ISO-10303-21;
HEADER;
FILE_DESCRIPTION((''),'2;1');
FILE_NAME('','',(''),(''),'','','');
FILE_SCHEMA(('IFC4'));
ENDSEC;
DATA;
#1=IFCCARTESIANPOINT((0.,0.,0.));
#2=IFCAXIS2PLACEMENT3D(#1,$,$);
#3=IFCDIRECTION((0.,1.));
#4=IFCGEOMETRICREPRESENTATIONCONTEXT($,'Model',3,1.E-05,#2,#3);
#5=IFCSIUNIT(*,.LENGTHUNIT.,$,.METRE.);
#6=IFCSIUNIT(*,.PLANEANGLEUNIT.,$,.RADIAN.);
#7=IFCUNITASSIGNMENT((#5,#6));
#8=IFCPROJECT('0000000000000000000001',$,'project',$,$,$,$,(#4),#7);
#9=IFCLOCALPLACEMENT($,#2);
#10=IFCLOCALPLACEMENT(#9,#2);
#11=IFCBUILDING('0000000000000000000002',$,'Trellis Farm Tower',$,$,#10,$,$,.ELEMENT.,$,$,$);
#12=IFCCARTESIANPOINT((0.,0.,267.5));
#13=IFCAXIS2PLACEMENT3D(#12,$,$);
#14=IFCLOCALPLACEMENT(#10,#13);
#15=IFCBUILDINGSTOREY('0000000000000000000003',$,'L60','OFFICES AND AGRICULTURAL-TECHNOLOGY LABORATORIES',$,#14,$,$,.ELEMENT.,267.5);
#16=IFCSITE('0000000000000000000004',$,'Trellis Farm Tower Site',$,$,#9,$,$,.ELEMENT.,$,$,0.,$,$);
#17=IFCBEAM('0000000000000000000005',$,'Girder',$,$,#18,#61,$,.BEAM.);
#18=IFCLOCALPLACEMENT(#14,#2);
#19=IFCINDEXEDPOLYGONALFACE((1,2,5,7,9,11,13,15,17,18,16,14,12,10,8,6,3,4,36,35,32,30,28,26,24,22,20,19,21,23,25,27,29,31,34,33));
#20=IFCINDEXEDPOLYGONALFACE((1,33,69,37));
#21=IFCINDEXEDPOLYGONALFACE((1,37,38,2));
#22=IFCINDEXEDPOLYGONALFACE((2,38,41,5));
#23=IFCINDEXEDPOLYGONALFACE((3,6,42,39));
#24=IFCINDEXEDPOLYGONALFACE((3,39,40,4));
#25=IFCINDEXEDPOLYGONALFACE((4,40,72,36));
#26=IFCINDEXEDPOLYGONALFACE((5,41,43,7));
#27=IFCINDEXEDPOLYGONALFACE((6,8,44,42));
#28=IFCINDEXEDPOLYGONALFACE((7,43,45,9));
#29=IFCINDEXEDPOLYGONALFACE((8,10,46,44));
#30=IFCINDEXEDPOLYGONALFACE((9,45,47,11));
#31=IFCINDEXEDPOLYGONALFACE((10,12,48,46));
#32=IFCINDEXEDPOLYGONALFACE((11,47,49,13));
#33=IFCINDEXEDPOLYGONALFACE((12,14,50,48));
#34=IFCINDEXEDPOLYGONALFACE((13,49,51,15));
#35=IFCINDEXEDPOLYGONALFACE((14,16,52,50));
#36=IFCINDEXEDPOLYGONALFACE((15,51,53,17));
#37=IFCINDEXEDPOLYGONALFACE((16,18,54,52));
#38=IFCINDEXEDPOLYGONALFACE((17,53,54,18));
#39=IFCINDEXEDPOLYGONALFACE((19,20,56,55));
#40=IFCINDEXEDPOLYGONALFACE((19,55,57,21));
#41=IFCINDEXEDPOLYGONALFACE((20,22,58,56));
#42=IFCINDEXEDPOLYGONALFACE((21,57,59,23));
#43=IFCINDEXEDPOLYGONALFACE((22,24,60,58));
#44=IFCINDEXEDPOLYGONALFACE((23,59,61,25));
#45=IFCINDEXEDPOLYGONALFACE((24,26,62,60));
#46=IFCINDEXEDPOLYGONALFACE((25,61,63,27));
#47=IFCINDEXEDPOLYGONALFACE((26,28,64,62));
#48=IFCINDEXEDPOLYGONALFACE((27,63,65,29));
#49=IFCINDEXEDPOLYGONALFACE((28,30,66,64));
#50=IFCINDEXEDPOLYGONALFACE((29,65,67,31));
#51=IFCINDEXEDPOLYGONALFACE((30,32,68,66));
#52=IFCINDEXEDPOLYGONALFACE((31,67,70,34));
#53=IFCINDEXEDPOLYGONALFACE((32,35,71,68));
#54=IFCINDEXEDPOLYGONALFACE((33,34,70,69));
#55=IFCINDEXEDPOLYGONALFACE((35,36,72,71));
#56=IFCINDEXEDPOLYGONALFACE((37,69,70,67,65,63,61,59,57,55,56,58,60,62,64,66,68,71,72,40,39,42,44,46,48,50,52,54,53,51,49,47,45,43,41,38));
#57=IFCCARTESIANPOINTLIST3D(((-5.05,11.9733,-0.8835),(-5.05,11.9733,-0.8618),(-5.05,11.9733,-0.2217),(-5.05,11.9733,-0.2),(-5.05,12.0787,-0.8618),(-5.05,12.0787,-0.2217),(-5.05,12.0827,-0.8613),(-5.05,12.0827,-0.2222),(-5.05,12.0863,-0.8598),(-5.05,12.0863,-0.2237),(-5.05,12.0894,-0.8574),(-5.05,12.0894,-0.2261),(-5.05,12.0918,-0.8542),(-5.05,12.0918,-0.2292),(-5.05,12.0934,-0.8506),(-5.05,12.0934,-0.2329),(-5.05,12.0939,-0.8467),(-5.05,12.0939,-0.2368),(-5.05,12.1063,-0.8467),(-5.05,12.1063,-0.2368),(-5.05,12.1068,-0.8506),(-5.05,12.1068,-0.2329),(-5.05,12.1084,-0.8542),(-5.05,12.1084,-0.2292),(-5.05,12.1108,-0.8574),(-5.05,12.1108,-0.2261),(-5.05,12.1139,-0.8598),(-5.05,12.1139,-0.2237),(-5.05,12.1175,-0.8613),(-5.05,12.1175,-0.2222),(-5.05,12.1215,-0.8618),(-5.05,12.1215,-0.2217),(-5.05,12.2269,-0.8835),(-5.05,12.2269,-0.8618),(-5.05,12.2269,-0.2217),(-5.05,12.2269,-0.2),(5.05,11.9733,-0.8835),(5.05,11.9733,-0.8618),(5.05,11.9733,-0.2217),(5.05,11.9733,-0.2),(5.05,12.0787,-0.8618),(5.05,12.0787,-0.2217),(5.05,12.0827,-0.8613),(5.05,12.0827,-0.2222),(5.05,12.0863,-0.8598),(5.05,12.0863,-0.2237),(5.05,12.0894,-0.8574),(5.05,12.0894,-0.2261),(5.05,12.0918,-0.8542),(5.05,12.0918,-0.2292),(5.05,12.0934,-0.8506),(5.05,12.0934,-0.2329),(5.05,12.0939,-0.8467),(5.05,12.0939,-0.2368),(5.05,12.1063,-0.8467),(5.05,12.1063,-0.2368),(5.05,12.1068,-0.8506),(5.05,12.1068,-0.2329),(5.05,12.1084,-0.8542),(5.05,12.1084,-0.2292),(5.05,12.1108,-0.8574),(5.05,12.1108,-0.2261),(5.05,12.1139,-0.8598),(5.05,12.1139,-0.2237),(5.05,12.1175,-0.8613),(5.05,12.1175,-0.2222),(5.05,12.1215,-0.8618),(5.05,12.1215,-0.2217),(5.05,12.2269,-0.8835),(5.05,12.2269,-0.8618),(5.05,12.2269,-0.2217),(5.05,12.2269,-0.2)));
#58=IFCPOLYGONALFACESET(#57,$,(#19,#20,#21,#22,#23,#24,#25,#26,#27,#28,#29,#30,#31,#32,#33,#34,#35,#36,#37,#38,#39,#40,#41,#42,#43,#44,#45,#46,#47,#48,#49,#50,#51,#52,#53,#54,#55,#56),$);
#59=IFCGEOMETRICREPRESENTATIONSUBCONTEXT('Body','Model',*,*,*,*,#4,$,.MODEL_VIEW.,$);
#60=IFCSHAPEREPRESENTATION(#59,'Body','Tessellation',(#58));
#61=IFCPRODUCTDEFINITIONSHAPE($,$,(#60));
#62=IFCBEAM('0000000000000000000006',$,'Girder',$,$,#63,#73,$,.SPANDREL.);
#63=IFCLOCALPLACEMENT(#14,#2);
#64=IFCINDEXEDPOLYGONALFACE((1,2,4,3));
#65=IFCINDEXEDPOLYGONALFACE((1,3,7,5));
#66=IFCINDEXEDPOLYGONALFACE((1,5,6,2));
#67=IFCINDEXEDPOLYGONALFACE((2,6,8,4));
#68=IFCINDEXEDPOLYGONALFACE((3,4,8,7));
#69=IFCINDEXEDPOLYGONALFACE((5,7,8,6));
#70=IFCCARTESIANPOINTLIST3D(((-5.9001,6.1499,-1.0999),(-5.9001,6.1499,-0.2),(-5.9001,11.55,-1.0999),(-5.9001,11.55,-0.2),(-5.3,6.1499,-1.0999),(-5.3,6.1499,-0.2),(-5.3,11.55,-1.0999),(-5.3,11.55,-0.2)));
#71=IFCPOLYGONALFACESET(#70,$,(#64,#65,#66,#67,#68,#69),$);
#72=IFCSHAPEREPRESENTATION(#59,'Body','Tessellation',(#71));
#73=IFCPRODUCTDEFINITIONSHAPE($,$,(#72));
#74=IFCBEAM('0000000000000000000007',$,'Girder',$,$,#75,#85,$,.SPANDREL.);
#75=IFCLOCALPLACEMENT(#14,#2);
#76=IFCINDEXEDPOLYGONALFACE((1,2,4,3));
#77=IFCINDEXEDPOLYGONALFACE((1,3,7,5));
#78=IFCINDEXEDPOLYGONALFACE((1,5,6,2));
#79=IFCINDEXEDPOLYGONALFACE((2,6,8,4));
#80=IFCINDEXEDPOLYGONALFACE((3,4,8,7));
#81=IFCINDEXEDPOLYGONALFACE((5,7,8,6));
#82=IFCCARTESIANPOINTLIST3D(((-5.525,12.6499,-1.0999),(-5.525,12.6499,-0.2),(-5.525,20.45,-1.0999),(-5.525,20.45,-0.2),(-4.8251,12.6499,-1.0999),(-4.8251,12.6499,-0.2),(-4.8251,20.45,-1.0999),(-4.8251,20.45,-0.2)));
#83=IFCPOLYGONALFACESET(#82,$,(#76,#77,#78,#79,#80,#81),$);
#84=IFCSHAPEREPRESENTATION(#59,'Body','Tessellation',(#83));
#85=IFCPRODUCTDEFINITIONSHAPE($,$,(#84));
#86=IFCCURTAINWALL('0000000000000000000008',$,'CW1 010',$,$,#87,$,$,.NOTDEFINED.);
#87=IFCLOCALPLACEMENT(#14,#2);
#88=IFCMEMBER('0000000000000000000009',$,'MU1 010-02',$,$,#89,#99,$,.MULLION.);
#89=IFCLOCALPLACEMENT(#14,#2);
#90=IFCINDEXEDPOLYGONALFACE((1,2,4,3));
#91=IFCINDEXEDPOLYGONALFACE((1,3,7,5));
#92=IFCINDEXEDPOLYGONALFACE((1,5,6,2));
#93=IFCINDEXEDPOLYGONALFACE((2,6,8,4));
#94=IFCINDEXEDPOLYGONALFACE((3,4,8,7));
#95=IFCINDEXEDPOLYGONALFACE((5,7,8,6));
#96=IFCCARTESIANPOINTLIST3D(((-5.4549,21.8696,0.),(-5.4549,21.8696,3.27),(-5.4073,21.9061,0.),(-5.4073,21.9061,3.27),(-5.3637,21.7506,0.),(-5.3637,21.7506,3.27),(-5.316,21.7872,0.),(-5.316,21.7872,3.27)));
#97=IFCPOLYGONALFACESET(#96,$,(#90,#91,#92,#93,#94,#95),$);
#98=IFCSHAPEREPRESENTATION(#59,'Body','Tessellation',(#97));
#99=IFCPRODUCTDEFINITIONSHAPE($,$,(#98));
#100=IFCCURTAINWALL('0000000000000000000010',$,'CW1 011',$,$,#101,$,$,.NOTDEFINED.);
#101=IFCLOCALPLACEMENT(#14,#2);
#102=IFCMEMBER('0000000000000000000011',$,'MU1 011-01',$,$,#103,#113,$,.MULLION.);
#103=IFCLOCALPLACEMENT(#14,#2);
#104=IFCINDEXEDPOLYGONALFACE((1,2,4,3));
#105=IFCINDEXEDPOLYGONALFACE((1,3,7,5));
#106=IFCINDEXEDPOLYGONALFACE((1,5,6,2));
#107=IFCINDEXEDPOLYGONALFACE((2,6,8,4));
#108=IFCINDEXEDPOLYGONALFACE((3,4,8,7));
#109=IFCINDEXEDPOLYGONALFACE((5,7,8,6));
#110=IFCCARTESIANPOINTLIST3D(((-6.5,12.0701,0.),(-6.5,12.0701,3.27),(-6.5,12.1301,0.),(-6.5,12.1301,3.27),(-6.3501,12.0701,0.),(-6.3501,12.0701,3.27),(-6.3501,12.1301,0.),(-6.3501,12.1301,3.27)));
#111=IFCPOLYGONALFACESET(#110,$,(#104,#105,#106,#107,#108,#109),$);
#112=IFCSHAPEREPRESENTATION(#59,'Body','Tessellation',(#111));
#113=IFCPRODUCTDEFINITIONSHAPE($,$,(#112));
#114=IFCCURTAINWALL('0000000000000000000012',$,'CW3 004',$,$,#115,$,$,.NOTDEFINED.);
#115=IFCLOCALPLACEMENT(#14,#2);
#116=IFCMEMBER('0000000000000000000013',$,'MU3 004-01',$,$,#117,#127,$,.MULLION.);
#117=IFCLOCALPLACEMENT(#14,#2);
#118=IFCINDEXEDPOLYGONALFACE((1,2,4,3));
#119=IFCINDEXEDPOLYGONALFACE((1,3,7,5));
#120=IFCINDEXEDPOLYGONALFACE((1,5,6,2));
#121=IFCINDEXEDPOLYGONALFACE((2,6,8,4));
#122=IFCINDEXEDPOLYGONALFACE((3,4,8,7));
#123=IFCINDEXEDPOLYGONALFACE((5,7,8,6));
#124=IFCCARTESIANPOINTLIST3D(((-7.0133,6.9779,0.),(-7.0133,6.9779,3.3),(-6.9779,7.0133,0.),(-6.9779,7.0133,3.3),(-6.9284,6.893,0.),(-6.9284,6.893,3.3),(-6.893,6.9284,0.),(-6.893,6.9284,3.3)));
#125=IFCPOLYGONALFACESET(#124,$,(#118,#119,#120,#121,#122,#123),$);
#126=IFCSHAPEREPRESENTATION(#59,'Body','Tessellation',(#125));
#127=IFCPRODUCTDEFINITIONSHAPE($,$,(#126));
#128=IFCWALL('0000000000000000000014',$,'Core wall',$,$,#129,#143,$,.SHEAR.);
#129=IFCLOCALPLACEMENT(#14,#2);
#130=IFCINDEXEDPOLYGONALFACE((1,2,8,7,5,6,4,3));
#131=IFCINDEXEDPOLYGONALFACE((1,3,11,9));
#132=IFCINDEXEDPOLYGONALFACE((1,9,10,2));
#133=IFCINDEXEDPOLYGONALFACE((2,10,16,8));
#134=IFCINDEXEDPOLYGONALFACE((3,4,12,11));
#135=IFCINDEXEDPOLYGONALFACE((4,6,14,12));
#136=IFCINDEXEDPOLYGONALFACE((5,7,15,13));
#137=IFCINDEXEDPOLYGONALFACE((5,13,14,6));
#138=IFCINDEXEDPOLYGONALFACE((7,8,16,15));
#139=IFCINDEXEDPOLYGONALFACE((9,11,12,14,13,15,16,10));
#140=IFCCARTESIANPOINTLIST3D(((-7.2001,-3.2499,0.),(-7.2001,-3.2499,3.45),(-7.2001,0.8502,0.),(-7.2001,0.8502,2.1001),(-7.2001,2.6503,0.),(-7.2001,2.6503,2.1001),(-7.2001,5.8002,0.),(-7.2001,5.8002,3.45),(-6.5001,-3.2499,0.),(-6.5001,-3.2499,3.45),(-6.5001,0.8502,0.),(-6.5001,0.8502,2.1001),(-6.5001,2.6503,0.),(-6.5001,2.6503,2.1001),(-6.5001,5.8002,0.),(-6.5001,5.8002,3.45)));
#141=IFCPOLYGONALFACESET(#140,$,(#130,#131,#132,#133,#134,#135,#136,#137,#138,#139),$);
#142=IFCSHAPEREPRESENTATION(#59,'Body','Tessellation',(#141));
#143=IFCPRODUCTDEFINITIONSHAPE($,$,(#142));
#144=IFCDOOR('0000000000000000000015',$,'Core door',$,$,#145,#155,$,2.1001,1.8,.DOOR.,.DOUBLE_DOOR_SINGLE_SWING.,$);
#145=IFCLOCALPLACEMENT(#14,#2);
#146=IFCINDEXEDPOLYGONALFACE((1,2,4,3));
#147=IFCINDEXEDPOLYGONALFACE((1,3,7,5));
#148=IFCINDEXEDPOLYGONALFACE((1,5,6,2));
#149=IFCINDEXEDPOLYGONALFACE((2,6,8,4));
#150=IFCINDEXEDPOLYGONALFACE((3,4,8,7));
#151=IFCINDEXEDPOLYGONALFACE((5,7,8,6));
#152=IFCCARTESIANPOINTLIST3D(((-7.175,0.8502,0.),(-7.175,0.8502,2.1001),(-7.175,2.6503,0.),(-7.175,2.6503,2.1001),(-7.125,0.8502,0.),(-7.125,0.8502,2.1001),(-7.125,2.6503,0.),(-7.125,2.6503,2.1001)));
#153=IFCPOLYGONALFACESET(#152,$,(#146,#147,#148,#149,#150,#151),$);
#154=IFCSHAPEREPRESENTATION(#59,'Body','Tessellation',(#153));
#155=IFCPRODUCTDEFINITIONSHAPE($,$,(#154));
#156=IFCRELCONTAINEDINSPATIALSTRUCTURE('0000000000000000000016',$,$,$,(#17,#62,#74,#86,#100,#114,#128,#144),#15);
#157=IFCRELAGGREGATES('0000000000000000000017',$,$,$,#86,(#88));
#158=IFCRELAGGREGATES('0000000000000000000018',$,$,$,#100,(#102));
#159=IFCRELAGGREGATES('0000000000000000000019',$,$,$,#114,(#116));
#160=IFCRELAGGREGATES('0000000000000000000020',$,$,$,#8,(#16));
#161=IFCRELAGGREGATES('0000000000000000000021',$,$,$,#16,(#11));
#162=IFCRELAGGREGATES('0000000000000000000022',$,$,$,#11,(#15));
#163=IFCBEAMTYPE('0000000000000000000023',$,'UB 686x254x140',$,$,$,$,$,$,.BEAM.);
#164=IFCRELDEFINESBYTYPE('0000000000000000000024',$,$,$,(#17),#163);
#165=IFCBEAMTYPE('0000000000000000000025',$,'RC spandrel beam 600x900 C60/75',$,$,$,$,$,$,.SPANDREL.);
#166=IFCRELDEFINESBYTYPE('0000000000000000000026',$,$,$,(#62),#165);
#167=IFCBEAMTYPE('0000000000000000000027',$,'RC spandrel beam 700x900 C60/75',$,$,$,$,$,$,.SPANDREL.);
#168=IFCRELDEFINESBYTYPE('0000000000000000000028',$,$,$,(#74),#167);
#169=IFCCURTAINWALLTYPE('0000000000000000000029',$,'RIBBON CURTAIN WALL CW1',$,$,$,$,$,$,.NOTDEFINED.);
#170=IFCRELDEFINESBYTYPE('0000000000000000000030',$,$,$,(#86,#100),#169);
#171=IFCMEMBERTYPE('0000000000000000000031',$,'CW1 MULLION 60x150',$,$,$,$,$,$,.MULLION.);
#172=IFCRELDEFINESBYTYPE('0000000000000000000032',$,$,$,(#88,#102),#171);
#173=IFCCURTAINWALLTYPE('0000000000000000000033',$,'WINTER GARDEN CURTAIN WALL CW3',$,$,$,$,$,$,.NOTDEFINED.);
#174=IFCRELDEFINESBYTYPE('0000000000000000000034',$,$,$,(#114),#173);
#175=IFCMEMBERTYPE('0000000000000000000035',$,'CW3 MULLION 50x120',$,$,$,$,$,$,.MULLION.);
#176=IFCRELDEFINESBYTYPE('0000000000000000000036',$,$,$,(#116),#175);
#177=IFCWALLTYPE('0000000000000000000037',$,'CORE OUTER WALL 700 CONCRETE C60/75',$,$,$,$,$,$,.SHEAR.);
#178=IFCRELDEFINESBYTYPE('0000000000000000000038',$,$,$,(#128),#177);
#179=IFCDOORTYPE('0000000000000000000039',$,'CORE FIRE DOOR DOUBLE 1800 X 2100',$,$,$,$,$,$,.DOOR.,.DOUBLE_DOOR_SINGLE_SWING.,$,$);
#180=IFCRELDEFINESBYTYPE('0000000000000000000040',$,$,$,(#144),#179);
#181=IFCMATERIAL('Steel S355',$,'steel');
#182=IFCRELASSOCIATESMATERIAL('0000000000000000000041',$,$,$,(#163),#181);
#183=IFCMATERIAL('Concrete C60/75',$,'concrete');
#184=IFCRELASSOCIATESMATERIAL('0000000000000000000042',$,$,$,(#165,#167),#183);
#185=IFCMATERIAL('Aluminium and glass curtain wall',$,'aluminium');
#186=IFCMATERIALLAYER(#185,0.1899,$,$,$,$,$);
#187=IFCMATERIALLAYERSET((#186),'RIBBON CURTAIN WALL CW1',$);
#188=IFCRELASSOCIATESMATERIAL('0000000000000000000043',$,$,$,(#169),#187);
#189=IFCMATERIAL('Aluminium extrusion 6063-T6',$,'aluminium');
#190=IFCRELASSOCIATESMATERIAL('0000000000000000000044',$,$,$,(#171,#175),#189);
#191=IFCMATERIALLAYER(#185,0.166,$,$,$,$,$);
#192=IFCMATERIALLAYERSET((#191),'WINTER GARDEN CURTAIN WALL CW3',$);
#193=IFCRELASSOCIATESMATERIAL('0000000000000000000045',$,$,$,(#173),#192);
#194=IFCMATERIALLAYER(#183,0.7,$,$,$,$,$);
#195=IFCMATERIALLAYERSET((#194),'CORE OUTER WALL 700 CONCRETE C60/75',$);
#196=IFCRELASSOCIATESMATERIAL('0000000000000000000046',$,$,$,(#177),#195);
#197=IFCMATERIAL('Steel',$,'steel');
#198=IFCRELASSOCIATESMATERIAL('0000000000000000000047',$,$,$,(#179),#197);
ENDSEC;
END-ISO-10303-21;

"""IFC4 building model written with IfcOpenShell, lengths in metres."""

from ifc_helpers import new_model, si_unit, direction, frame, frame_2d, origin, origin_2d, place, context, subcontext, project, spatial, rectangle, i_section, extrude, source, transform, mapped, material, layer, layer_set, material_profile, profile_set, type_object, element, fill, aggregate, save


model = new_model("IFC4")

# Units and contexts
model_context = context("Model", 3, precision=1e-05, world=origin(), true_north=direction((0.0, 1.0)))
body_context = subcontext(model_context, "Body", "Model", "MODEL_VIEW")
ifc_project = project(units=[si_unit("LENGTHUNIT", "METRE"), si_unit("PLANEANGLEUNIT", "RADIAN")], contexts=[model_context])

# Site, building, storey
site_placement = place(None, origin())
site = spatial("IfcSite", under=ifc_project, at=site_placement, Name="Trellis Farm Tower Site", CompositionType="ELEMENT", RefElevation=0.0)
building_placement = place(site_placement, origin())
building = spatial("IfcBuilding", under=site, at=building_placement, Name="Trellis Farm Tower", CompositionType="ELEMENT")
storey_placement = place(building_placement, frame((0.0, 0.0, 267.5)))
storey = spatial("IfcBuildingStorey", under=building, at=storey_placement, Name="L60", Description="OFFICES AND AGRICULTURAL-TECHNOLOGY LABORATORIES", CompositionType="ELEMENT", Elevation=267.5)

# Shared definitions
ifc_material_1 = material(Name="Concrete C60/75", Category="concrete")

# Beams
ifc_material_2 = material(Name="Steel S355", Category="steel")
ifc_material_profile_1 = material_profile(ifc_material_2, i_section(OverallWidth=0.2537, OverallDepth=0.6836, WebThickness=0.0125, FlangeThickness=0.0217, FilletRadius=0.0151, at=origin_2d()), Name="UB 686x254x140")
ifc_profile_set_1 = profile_set([ifc_material_profile_1], Name="Steel S355")
beam_type_1 = type_object("IfcBeamType", Name="UB 686x254x140", PredefinedType="BEAM", material=ifc_profile_set_1)
shared_shape_1 = source(origin(), body_context, "Body", "SweptSolid", [
    extrude(i_section(OverallWidth=0.2537, OverallDepth=0.6836, WebThickness=0.0125, FlangeThickness=0.0217, FilletRadius=0.0151, at=origin_2d()), origin(), (0.0, 0.0, 1.0), 10.1001),
])
for number, where, z_axis, x_axis, name in (
    (1, (-5.05, 12.1001, -0.5417), (1.0, 0.0, 0.0), (0.0, 1.0, 0.0), "Girder"),
):
    element("IfcBeam", number, at=place(storey_placement, frame(where, z_axis=z_axis, x_axis=x_axis)), inside=storey, type_object=beam_type_1, Name=name, PredefinedType="BEAM", context=body_context, shape_type="MappedRepresentation", body=[
        mapped(shared_shape_1, transform((0.0, 0.0, 0.0))),
    ])
ifc_material_profile_2 = material_profile(ifc_material_1, rectangle(XDim=0.6001, YDim=0.8999, at=origin_2d()), Name="RC spandrel beam 600x900 C60/75")
ifc_profile_set_2 = profile_set([ifc_material_profile_2], Name="Concrete C60/75")
beam_type_2 = type_object("IfcBeamType", Name="RC spandrel beam 600x900 C60/75", PredefinedType="SPANDREL", material=ifc_profile_set_2)
shared_shape_2 = source(origin(), body_context, "Body", "SweptSolid", [
    extrude(rectangle(XDim=0.6001, YDim=0.8999, at=origin_2d()), origin(), (0.0, 0.0, 1.0), 5.4001),
])
beam_1_placement = place(storey_placement, frame((-5.6001, 6.1499, -0.6499), z_axis=(0.0, 1.0, 0.0), x_axis=(-1.0, 0.0, 0.0)))
element("IfcBeam", 2, at=beam_1_placement, inside=storey, type_object=beam_type_2, Name="Girder", PredefinedType="SPANDREL", context=body_context, shape_type="MappedRepresentation", body=[
    mapped(shared_shape_2, transform((0.0, 0.0, 0.0))),
])
ifc_material_profile_3 = material_profile(ifc_material_1, rectangle(XDim=0.7, YDim=0.8999, at=origin_2d()), Name="RC spandrel beam 700x900 C60/75")
ifc_profile_set_3 = profile_set([ifc_material_profile_3], Name="Concrete C60/75")
beam_type_3 = type_object("IfcBeamType", Name="RC spandrel beam 700x900 C60/75", PredefinedType="SPANDREL", material=ifc_profile_set_3)
shared_shape_3 = source(origin(), body_context, "Body", "SweptSolid", [
    extrude(rectangle(XDim=0.7, YDim=0.8999, at=origin_2d()), origin(), (0.0, 0.0, 1.0), 7.8),
])
beam_2_placement = place(storey_placement, frame((-5.175, 12.6499, -0.6499), z_axis=(0.0, 1.0, 0.0), x_axis=(-1.0, 0.0, 0.0)))
element("IfcBeam", 3, at=beam_2_placement, inside=storey, type_object=beam_type_3, Name="Girder", PredefinedType="SPANDREL", context=body_context, shape_type="MappedRepresentation", body=[
    mapped(shared_shape_3, transform((0.0, 0.0, 0.0))),
])

# Curtain walls, members
ifc_material_3 = material(Name="Aluminium and glass curtain wall", Category="aluminium")
ifc_layer_1 = layer(ifc_material_3, 0.1899)
ifc_layer_set_1 = layer_set([ifc_layer_1], Name="RIBBON CURTAIN WALL CW1")
curtain_wall_type_1 = type_object("IfcCurtainWallType", Name="RIBBON CURTAIN WALL CW1", PredefinedType="NOTDEFINED", material=ifc_layer_set_1)
placement = place(storey_placement, origin())
curtain_wall_1 = element("IfcCurtainWall", 4, at=placement, inside=storey, type_object=curtain_wall_type_1, Name="CW1 010", PredefinedType="NOTDEFINED")
ifc_material_4 = material(Name="Aluminium extrusion 6063-T6", Category="aluminium")
ifc_material_profile_4 = material_profile(ifc_material_4, rectangle(XDim=0.0601, YDim=0.1499, at=origin_2d()), Name="MULLION 60x150")
ifc_profile_set_4 = profile_set([ifc_material_profile_4], Name="Aluminium extrusion 6063-T6")
member_type_1 = type_object("IfcMemberType", Name="CW1 MULLION 60x150", PredefinedType="MULLION", material=ifc_profile_set_4)
shared_shape_4 = source(origin(), body_context, "Body", "SweptSolid", [
    extrude(rectangle(XDim=0.0601, YDim=0.1499, at=origin_2d()), origin(), (0.0, 0.0, 1.0), 3.27),
])
member_1_placement = place(storey_placement, frame((-5.3855, 21.8284, 0.0), z_axis=(0.0, 0.0, 1.0), x_axis=(-0.793353, -0.608761, 0.0)))
member_1 = element("IfcMember", 5, at=member_1_placement, type_object=member_type_1, Name="MU1 010-02", PredefinedType="MULLION", context=body_context, shape_type="MappedRepresentation", body=[
    mapped(shared_shape_4, transform((0.0, 0.0, 0.0))),
])
aggregate(curtain_wall_1, [member_1])
curtain_wall_2 = element("IfcCurtainWall", 6, at=placement, inside=storey, type_object=curtain_wall_type_1, Name="CW1 011", PredefinedType="NOTDEFINED")
member_2_placement = place(storey_placement, frame((-6.425, 12.1001, 0.0), z_axis=(0.0, 0.0, 1.0), x_axis=(0.0, -1.0, 0.0)))
member_2 = element("IfcMember", 7, at=member_2_placement, type_object=member_type_1, Name="MU1 011-01", PredefinedType="MULLION", context=body_context, shape_type="MappedRepresentation", body=[
    mapped(shared_shape_4, transform((0.0, 0.0, 0.0))),
])
aggregate(curtain_wall_2, [member_2])
ifc_layer_2 = layer(ifc_material_3, 0.166)
ifc_layer_set_2 = layer_set([ifc_layer_2], Name="WINTER GARDEN CURTAIN WALL CW3")
curtain_wall_type_2 = type_object("IfcCurtainWallType", Name="WINTER GARDEN CURTAIN WALL CW3", PredefinedType="NOTDEFINED", material=ifc_layer_set_2)
curtain_wall_3 = element("IfcCurtainWall", 8, at=placement, inside=storey, type_object=curtain_wall_type_2, Name="CW3 004", PredefinedType="NOTDEFINED")
ifc_material_profile_5 = material_profile(ifc_material_4, rectangle(XDim=0.05, YDim=0.1201, at=origin_2d()), Name="MULLION 50x120")
ifc_profile_set_5 = profile_set([ifc_material_profile_5], Name="Aluminium extrusion 6063-T6")
member_type_2 = type_object("IfcMemberType", Name="CW3 MULLION 50x120", PredefinedType="MULLION", material=ifc_profile_set_5)
shared_shape_5 = source(origin(), body_context, "Body", "SweptSolid", [
    extrude(rectangle(XDim=0.05, YDim=0.1201, at=origin_2d()), origin(), (0.0, 0.0, 1.0), 3.3),
])
member_3_placement = place(storey_placement, frame((-6.9531, 6.9531, 0.0), z_axis=(0.0, 0.0, 1.0), x_axis=(-0.707107, -0.707107, 0.0)))
member_3 = element("IfcMember", 9, at=member_3_placement, type_object=member_type_2, Name="MU3 004-01", PredefinedType="MULLION", context=body_context, shape_type="MappedRepresentation", body=[
    mapped(shared_shape_5, transform((0.0, 0.0, 0.0))),
])
aggregate(curtain_wall_3, [member_3])

# Wall, opening, door
ifc_layer_3 = layer(ifc_material_1, 0.7)
ifc_layer_set_3 = layer_set([ifc_layer_3], Name="CORE OUTER WALL 700 CONCRETE C60/75")
wall_type_1 = type_object("IfcWallType", Name="CORE OUTER WALL 700 CONCRETE C60/75", PredefinedType="SHEAR", material=ifc_layer_set_3)
shared_shape_6 = source(origin(), body_context, "Body", "SweptSolid", [
    extrude(rectangle(XDim=9.05, YDim=0.7, at=frame_2d((4.5249, 0.0))), origin(), (0.0, 0.0, 1.0), 3.45),
])
wall_1_placement = place(storey_placement, frame((-6.8501, 5.8, 0.0), z_axis=(0.0, 0.0, 1.0), x_axis=(0.0, -1.0, 0.0)))
wall_1 = element("IfcWall", 10, at=wall_1_placement, inside=storey, type_object=wall_type_1, Name="Core wall", PredefinedType="SHEAR", context=body_context, shape_type="MappedRepresentation", body=[
    mapped(shared_shape_6, transform((0.0, 0.0, 0.0))),
])
shared_shape_7 = source(origin(), body_context, "Body", "SweptSolid", [
    extrude(rectangle(XDim=1.8, YDim=2.1001, at=frame_2d((0.8999, 1.05))), frame((0.0, 0.3601, 0.0), z_axis=(0.0, -1.0, 0.0), x_axis=(1.0, 0.0, 0.0)), (0.0, 0.0, 1.0), 0.7202),
])
opening_1_placement = place(wall_1_placement, frame((3.1499, 0.0, 0.0)))
opening_1 = element("IfcOpeningElement", 11, at=opening_1_placement, cuts=wall_1, PredefinedType="OPENING", context=body_context, shape_type="MappedRepresentation", body=[
    mapped(shared_shape_7, transform((0.0, 0.0, 0.0))),
])
ifc_material_5 = material(Name="Steel", Category="steel")
door_type_1 = type_object("IfcDoorType", Name="CORE FIRE DOOR DOUBLE 1800 X 2100", OperationType="DOUBLE_DOOR_SINGLE_SWING", PredefinedType="DOOR", material=ifc_material_5)
shared_shape_8 = source(origin(), body_context, "Body", "SweptSolid", [
    extrude(rectangle(XDim=1.8, YDim=2.1001, at=frame_2d((0.8999, 1.05))), frame((0.0, -0.2749, 0.0), z_axis=(0.0, -1.0, 0.0), x_axis=(1.0, 0.0, 0.0)), (0.0, 0.0, 1.0), 0.05),
])
door_1_placement = place(opening_1_placement, origin())
door_1 = element("IfcDoor", 12, at=door_1_placement, inside=storey, type_object=door_type_1, Name="Core door", OperationType="DOUBLE_DOOR_SINGLE_SWING", OverallHeight=2.1001, OverallWidth=1.8, PredefinedType="DOOR", context=body_context, shape_type="MappedRepresentation", body=[
    mapped(shared_shape_8, transform((0.0, 0.0, 0.0))),
])
fill(opening_1, door_1)

save(model, "model.ifc")
